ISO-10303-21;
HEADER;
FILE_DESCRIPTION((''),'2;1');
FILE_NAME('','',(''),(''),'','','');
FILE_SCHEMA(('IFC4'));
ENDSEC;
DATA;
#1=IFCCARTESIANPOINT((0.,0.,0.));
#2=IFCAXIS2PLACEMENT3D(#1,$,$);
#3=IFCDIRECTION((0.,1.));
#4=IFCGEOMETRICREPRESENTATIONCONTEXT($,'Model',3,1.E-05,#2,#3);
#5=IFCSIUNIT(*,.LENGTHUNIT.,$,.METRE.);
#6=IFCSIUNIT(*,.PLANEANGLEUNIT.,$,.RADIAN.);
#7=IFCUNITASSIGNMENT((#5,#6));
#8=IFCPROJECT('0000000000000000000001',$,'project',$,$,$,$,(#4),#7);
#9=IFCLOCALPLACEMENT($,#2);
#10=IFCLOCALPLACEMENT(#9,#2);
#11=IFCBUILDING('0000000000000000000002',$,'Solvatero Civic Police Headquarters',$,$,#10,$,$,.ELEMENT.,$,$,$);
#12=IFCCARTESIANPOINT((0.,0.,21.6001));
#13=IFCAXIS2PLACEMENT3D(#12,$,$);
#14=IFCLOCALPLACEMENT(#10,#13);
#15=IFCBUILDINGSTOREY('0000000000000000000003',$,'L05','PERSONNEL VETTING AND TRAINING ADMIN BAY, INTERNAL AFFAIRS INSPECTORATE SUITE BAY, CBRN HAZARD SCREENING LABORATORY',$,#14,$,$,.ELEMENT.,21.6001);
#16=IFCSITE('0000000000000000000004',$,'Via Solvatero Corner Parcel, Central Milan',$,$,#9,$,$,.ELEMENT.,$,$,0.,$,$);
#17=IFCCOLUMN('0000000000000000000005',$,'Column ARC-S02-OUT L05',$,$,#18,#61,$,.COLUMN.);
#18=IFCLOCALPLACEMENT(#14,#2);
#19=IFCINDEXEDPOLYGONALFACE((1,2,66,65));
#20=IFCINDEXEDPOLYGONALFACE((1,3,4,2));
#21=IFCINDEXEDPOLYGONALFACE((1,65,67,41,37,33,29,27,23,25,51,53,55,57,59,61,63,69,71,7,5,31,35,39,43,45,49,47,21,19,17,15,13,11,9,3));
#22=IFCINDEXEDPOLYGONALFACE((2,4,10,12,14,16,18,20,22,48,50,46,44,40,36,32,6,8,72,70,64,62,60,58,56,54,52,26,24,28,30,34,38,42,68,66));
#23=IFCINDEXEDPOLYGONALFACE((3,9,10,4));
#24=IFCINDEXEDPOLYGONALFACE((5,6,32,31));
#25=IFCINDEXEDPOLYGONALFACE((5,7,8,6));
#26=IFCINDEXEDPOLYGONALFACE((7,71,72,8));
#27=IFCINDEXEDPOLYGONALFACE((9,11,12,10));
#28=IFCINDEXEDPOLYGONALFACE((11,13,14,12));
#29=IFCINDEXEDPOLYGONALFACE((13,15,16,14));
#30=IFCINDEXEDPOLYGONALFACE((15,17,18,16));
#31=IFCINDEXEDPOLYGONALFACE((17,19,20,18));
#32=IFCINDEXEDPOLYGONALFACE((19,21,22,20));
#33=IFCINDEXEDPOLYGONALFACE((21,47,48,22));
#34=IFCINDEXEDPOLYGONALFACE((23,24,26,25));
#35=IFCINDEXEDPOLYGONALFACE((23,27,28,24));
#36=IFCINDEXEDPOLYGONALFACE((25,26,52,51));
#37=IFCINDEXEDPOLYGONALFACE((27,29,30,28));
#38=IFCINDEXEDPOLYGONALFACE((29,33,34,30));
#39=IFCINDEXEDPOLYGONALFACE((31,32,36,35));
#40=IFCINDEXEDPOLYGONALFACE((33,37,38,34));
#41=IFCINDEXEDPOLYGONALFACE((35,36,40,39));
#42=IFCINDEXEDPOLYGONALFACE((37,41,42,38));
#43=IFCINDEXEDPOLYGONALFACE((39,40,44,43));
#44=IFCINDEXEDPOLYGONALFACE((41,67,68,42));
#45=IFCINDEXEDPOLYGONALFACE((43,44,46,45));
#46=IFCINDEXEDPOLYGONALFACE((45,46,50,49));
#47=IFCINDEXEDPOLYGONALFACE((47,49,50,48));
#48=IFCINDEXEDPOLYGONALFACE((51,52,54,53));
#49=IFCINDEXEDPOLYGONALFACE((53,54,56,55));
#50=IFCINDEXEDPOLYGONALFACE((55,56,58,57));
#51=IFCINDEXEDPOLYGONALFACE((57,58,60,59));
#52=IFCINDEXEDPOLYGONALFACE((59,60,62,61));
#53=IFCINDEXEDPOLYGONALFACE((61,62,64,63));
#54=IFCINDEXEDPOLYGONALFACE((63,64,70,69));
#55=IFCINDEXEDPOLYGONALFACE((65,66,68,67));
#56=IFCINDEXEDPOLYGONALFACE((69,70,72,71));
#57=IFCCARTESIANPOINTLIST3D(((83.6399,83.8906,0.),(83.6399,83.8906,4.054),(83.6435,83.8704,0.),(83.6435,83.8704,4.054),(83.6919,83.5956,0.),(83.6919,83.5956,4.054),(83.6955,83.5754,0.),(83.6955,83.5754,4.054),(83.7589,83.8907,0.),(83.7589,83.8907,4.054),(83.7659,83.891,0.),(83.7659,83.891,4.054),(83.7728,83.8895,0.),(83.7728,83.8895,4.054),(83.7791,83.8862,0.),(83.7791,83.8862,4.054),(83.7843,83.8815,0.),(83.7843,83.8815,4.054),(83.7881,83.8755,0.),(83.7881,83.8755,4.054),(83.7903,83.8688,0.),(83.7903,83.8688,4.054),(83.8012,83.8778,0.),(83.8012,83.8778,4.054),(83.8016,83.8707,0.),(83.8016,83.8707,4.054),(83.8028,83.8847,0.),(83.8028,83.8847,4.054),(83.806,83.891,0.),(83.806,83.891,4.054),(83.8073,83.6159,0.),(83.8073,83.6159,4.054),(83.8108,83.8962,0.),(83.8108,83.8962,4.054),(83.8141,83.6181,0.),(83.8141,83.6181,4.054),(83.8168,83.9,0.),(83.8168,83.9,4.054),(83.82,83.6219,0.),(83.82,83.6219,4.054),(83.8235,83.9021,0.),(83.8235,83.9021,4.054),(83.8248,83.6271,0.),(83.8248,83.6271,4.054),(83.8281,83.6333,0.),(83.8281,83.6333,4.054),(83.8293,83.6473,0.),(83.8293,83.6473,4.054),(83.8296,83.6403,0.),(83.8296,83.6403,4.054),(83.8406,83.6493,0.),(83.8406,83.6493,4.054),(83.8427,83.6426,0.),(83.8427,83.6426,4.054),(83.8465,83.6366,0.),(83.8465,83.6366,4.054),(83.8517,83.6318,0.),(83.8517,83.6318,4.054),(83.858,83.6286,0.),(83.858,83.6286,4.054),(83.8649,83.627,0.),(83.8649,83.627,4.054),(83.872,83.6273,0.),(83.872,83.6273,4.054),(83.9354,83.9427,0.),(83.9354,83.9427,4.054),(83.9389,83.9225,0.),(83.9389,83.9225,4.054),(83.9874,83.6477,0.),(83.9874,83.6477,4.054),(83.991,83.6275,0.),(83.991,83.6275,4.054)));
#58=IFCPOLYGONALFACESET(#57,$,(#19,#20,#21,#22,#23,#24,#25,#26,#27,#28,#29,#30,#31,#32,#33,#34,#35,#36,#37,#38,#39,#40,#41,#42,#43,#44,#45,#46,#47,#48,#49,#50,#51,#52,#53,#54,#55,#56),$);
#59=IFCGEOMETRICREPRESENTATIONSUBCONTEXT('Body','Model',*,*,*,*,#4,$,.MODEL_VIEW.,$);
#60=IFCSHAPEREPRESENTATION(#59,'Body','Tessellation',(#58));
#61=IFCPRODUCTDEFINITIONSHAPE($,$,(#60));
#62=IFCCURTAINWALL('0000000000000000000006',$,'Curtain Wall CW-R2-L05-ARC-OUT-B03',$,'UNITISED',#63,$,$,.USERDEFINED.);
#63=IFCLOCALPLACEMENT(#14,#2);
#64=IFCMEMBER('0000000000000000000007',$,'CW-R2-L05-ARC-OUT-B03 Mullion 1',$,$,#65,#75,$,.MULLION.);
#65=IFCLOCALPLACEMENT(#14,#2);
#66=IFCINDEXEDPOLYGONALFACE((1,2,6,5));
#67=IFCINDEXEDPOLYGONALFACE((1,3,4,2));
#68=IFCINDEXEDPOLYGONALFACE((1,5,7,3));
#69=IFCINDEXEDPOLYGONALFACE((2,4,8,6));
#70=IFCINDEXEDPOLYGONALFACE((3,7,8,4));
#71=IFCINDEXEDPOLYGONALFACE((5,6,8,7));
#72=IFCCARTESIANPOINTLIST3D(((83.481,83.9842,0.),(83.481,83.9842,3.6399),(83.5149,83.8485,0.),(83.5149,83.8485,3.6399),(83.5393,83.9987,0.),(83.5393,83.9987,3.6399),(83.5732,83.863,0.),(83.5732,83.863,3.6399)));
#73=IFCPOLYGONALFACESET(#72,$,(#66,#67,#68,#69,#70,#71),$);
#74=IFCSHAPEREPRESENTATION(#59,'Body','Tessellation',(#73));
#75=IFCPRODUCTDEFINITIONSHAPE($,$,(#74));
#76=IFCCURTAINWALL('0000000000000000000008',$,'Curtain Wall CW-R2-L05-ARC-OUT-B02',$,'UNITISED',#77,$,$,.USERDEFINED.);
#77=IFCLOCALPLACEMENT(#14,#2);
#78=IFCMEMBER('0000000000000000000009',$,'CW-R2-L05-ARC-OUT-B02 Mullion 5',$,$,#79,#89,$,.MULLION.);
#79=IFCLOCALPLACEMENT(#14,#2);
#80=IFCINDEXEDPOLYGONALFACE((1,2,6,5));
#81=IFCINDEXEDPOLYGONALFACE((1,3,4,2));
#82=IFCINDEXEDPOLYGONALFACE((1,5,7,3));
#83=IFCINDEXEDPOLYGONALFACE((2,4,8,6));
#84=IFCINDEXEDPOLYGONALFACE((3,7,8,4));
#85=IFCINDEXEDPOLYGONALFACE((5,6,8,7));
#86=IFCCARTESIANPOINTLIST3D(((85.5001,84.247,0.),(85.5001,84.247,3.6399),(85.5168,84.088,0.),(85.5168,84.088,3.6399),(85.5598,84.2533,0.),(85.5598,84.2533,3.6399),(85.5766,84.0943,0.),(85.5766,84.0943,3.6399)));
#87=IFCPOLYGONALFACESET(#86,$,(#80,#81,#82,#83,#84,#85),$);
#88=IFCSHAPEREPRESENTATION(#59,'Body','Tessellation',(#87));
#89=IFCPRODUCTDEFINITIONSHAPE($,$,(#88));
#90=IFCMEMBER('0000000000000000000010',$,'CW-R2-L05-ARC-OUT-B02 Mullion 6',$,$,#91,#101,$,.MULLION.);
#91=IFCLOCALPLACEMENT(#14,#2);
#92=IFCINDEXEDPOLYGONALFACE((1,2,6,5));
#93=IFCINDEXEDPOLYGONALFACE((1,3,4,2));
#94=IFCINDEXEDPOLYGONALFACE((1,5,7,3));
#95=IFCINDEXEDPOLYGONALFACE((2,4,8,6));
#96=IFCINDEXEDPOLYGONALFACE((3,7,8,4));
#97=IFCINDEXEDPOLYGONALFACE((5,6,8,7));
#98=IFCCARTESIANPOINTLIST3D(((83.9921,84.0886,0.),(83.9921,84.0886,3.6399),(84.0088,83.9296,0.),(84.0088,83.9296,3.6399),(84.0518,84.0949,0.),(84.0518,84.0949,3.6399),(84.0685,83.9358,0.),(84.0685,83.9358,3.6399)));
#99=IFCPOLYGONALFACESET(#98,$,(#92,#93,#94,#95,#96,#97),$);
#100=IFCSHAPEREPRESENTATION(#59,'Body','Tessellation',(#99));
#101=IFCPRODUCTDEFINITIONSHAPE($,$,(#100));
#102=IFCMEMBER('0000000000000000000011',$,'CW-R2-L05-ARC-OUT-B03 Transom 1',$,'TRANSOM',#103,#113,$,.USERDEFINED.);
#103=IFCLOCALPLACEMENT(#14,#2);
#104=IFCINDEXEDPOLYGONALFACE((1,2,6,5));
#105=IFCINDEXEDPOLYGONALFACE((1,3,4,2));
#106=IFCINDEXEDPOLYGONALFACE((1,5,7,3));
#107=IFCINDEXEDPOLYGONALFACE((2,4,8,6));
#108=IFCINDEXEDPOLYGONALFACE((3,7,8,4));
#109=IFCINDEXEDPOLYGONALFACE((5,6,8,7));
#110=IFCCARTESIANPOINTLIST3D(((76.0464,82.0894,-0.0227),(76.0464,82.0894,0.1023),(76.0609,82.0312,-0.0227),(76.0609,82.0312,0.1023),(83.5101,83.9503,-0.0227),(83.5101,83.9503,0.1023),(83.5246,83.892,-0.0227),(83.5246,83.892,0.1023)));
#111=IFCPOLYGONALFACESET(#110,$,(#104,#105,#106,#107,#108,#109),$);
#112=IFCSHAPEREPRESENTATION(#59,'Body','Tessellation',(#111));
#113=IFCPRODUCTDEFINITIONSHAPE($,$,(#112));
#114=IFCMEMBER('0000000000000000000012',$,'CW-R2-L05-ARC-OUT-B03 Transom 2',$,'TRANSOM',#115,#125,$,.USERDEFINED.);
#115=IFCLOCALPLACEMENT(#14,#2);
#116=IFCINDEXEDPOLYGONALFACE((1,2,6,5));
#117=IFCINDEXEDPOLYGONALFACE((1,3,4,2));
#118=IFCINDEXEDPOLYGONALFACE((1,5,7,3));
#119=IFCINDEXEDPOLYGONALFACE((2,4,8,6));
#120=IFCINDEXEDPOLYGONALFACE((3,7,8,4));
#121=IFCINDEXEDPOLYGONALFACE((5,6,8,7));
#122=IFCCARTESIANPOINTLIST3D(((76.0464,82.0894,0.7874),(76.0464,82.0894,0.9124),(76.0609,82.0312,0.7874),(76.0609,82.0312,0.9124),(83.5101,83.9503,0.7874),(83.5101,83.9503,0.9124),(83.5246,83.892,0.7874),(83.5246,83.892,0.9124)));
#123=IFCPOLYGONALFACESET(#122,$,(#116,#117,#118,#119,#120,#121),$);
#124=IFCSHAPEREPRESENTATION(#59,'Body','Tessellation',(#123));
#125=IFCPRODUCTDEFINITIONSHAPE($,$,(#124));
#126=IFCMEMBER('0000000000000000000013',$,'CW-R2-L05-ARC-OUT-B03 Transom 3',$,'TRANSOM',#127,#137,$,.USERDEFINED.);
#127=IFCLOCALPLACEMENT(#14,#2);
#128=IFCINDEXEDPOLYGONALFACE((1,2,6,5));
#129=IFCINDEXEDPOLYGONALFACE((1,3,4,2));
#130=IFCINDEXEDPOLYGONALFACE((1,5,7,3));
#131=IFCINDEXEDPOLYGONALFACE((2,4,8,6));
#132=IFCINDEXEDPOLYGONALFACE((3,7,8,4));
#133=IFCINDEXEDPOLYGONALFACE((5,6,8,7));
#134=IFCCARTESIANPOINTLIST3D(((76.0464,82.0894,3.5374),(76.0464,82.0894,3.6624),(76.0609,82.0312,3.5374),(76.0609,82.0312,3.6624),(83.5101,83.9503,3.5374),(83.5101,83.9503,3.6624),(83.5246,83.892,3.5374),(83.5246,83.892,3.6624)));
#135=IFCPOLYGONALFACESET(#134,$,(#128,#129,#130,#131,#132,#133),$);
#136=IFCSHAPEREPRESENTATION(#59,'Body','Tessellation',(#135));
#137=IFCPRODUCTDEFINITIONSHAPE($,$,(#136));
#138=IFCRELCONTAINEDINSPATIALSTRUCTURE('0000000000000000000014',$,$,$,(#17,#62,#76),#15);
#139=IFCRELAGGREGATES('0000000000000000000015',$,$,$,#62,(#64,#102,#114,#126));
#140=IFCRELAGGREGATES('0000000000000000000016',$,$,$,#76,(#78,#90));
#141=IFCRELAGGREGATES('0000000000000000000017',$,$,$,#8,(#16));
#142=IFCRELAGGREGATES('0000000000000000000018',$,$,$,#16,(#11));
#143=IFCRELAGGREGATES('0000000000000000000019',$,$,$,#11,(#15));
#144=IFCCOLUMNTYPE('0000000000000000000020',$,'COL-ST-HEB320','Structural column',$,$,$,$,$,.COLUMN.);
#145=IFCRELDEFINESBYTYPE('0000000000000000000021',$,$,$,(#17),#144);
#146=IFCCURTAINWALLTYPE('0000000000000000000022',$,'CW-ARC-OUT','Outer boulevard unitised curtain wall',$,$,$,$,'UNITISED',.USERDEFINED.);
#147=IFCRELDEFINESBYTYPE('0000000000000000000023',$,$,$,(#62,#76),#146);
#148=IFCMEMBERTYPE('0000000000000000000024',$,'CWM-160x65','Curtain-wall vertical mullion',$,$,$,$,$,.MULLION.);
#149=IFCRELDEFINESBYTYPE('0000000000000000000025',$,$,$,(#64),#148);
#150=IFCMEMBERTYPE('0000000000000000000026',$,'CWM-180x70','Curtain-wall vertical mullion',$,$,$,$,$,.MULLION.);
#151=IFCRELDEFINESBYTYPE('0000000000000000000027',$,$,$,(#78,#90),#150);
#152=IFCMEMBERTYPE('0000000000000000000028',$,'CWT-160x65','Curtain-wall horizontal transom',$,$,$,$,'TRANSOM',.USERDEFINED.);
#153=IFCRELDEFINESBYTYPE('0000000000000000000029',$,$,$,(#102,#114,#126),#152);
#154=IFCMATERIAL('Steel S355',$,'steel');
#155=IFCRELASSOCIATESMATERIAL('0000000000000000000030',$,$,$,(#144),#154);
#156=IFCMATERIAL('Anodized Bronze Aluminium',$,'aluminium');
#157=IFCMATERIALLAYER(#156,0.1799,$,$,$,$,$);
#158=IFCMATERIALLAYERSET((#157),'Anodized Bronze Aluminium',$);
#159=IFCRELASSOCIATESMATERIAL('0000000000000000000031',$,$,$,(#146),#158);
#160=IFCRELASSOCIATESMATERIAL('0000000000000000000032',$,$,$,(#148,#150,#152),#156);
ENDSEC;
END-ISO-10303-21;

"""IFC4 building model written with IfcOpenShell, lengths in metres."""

from ifc_helpers import new_model, si_unit, direction, frame, origin, origin_2d, place, context, subcontext, project, spatial, rectangle, i_section, extrude, material, layer, layer_set, material_profile, profile_set, type_object, element, aggregate, save


model = new_model("IFC4")

# Units and contexts
model_context = context("Model", 3, precision=1e-05, world=origin(), true_north=direction((0.0, 1.0)))
body_context = subcontext(model_context, "Body", "Model", "MODEL_VIEW")
ifc_project = project(units=[si_unit("LENGTHUNIT", "METRE"), si_unit("PLANEANGLEUNIT", "RADIAN")], contexts=[model_context])

# Site, building, storey
site_placement = place(None, origin())
site = spatial("IfcSite", under=ifc_project, at=site_placement, Name="Via Solvatero Corner Parcel, Central Milan", CompositionType="ELEMENT", RefElevation=0.0)
building_placement = place(site_placement, origin())
building = spatial("IfcBuilding", under=site, at=building_placement, Name="Solvatero Civic Police Headquarters", CompositionType="ELEMENT")
storey_placement = place(building_placement, frame((0.0, 0.0, 21.6001)))
storey = spatial("IfcBuildingStorey", under=building, at=storey_placement, Name="L05", Description="PERSONNEL VETTING AND TRAINING ADMIN BAY, INTERNAL AFFAIRS INSPECTORATE SUITE BAY, CBRN HAZARD SCREENING LABORATORY", CompositionType="ELEMENT", Elevation=21.6001)

# Column
ifc_material_1 = material(Name="Steel S355", Category="steel")
ifc_material_profile_1 = material_profile(ifc_material_1, i_section(OverallWidth=0.3, OverallDepth=0.3201, WebThickness=0.0115, FlangeThickness=0.0205, FilletRadius=0.0271, at=origin_2d()), Name="HEB 320")
ifc_profile_set_1 = profile_set([ifc_material_profile_1], Name="Steel S355")
column_type = type_object("IfcColumnType", Name="COL-ST-HEB320", Description="Structural column", PredefinedType="COLUMN", material=ifc_profile_set_1)
column_placement = place(storey_placement, frame((83.8154, 83.759, 0.0), z_axis=(0.0, 0.0, 1.0), x_axis=(0.984808, 0.173648, 0.0)))
element("IfcColumn", 1, at=column_placement, inside=storey, type_object=column_type, Name="Column ARC-S02-OUT L05", PredefinedType="COLUMN", context=body_context, shape_type="SweptSolid", body=[
    extrude(i_section(OverallWidth=0.3, OverallDepth=0.3201, WebThickness=0.0115, FlangeThickness=0.0205, FilletRadius=0.0271, at=origin_2d()), origin(), (0.0, 0.0, 1.0), 4.054),
])

# Curtain wall, member
ifc_material_2 = material(Name="Anodized Bronze Aluminium", Category="aluminium")
ifc_layer_1 = layer(ifc_material_2, 0.1799)
ifc_layer_set_1 = layer_set([ifc_layer_1], Name="Anodized Bronze Aluminium")
curtain_wall_type = type_object("IfcCurtainWallType", Name="CW-ARC-OUT", Description="Outer boulevard unitised curtain wall", ElementType="UNITISED", PredefinedType="USERDEFINED", material=ifc_layer_set_1)
curtain_wall_1_placement = place(storey_placement, origin())
curtain_wall_1 = element("IfcCurtainWall", 2, at=curtain_wall_1_placement, inside=storey, type_object=curtain_wall_type, Name="Curtain Wall CW-R2-L05-ARC-OUT-B03", ObjectType="UNITISED", PredefinedType="USERDEFINED")
ifc_material_profile_2 = material_profile(ifc_material_2, rectangle(XDim=0.0601, YDim=0.1399, at=origin_2d()), Name="ALU MULLION 60x140")
ifc_profile_set_2 = profile_set([ifc_material_profile_2], Name="Anodized Bronze Aluminium")
member_type_1 = type_object("IfcMemberType", Name="CWM-160x65", Description="Curtain-wall vertical mullion", PredefinedType="MULLION", material=ifc_profile_set_2)
member_1_placement = place(storey_placement, frame((83.5271, 83.9236, 0.0), z_axis=(0.0, 0.0, 1.0), x_axis=(-0.970296, -0.241922, 0.0)))
member_1 = element("IfcMember", 3, at=member_1_placement, type_object=member_type_1, Name="CW-R2-L05-ARC-OUT-B03 Mullion 1", PredefinedType="MULLION", context=body_context, shape_type="SweptSolid", body=[
    extrude(rectangle(XDim=0.0601, YDim=0.1399, at=origin_2d()), origin(), (0.0, 0.0, 1.0), 3.6399),
])

# Curtain wall, members
curtain_wall_2_placement = place(storey_placement, origin())
curtain_wall_2 = element("IfcCurtainWall", 4, at=curtain_wall_2_placement, inside=storey, type_object=curtain_wall_type, Name="Curtain Wall CW-R2-L05-ARC-OUT-B02", ObjectType="UNITISED", PredefinedType="USERDEFINED")
ifc_material_profile_3 = material_profile(ifc_material_2, rectangle(XDim=0.0601, YDim=0.1599, at=origin_2d()), Name="ALU MULLION 60x160")
ifc_profile_set_3 = profile_set([ifc_material_profile_3], Name="Anodized Bronze Aluminium")
member_type_2 = type_object("IfcMemberType", Name="CWM-180x70", Description="Curtain-wall vertical mullion", PredefinedType="MULLION", material=ifc_profile_set_3)
member_2_placement = place(storey_placement, frame((85.5383, 84.1707, 0.0), z_axis=(0.0, 0.0, 1.0), x_axis=(-0.994524, -0.104511, 0.0)))
member_2 = element("IfcMember", 5, at=member_2_placement, type_object=member_type_2, Name="CW-R2-L05-ARC-OUT-B02 Mullion 5", PredefinedType="MULLION", context=body_context, shape_type="SweptSolid", body=[
    extrude(rectangle(XDim=0.0601, YDim=0.1599, at=origin_2d()), origin(), (0.0, 0.0, 1.0), 3.6399),
])
member_3_placement = place(storey_placement, frame((84.0303, 84.0122, 0.0), z_axis=(0.0, 0.0, 1.0), x_axis=(-0.994524, -0.104511, 0.0)))
member_3 = element("IfcMember", 6, at=member_3_placement, type_object=member_type_2, Name="CW-R2-L05-ARC-OUT-B02 Mullion 6", PredefinedType="MULLION", context=body_context, shape_type="SweptSolid", body=[
    extrude(rectangle(XDim=0.0601, YDim=0.1599, at=origin_2d()), origin(), (0.0, 0.0, 1.0), 3.6399),
])

# Members
ifc_material_profile_4 = material_profile(ifc_material_2, rectangle(XDim=0.0601, YDim=0.125, at=origin_2d()), Name="ALU TRANSOM 60x125")
ifc_profile_set_4 = profile_set([ifc_material_profile_4], Name="Anodized Bronze Aluminium")
member_type_3 = type_object("IfcMemberType", Name="CWT-160x65", Description="Curtain-wall horizontal transom", ElementType="TRANSOM", PredefinedType="USERDEFINED", material=ifc_profile_set_4)
member_4_placement = place(storey_placement, frame((83.5173, 83.9211, 0.0398), z_axis=(-0.970297, -0.241916, 0.0), x_axis=(0.241916, -0.970297, 0.0)))
member_4 = element("IfcMember", 7, at=member_4_placement, type_object=member_type_3, Name="CW-R2-L05-ARC-OUT-B03 Transom 1", ObjectType="TRANSOM", PredefinedType="USERDEFINED", context=body_context, shape_type="SweptSolid", body=[
    extrude(rectangle(XDim=0.0601, YDim=0.125, at=origin_2d()), origin(), (0.0, 0.0, 1.0), 7.6921),
])
member_5_placement = place(storey_placement, frame((83.5173, 83.9211, 0.8499), z_axis=(-0.970297, -0.241916, 0.0), x_axis=(0.241916, -0.970297, 0.0)))
member_5 = element("IfcMember", 8, at=member_5_placement, type_object=member_type_3, Name="CW-R2-L05-ARC-OUT-B03 Transom 2", ObjectType="TRANSOM", PredefinedType="USERDEFINED", context=body_context, shape_type="SweptSolid", body=[
    extrude(rectangle(XDim=0.0601, YDim=0.125, at=origin_2d()), origin(), (0.0, 0.0, 1.0), 7.6921),
])
member_6_placement = place(storey_placement, frame((83.5173, 83.9211, 3.5999), z_axis=(-0.970297, -0.241916, 0.0), x_axis=(0.241916, -0.970297, 0.0)))
member_6 = element("IfcMember", 9, at=member_6_placement, type_object=member_type_3, Name="CW-R2-L05-ARC-OUT-B03 Transom 3", ObjectType="TRANSOM", PredefinedType="USERDEFINED", context=body_context, shape_type="SweptSolid", body=[
    extrude(rectangle(XDim=0.0601, YDim=0.125, at=origin_2d()), origin(), (0.0, 0.0, 1.0), 7.6921),
])
aggregate(curtain_wall_1, [member_1, member_4, member_5, member_6])

aggregate(curtain_wall_2, [member_2, member_3])

save(model, "model.ifc")
